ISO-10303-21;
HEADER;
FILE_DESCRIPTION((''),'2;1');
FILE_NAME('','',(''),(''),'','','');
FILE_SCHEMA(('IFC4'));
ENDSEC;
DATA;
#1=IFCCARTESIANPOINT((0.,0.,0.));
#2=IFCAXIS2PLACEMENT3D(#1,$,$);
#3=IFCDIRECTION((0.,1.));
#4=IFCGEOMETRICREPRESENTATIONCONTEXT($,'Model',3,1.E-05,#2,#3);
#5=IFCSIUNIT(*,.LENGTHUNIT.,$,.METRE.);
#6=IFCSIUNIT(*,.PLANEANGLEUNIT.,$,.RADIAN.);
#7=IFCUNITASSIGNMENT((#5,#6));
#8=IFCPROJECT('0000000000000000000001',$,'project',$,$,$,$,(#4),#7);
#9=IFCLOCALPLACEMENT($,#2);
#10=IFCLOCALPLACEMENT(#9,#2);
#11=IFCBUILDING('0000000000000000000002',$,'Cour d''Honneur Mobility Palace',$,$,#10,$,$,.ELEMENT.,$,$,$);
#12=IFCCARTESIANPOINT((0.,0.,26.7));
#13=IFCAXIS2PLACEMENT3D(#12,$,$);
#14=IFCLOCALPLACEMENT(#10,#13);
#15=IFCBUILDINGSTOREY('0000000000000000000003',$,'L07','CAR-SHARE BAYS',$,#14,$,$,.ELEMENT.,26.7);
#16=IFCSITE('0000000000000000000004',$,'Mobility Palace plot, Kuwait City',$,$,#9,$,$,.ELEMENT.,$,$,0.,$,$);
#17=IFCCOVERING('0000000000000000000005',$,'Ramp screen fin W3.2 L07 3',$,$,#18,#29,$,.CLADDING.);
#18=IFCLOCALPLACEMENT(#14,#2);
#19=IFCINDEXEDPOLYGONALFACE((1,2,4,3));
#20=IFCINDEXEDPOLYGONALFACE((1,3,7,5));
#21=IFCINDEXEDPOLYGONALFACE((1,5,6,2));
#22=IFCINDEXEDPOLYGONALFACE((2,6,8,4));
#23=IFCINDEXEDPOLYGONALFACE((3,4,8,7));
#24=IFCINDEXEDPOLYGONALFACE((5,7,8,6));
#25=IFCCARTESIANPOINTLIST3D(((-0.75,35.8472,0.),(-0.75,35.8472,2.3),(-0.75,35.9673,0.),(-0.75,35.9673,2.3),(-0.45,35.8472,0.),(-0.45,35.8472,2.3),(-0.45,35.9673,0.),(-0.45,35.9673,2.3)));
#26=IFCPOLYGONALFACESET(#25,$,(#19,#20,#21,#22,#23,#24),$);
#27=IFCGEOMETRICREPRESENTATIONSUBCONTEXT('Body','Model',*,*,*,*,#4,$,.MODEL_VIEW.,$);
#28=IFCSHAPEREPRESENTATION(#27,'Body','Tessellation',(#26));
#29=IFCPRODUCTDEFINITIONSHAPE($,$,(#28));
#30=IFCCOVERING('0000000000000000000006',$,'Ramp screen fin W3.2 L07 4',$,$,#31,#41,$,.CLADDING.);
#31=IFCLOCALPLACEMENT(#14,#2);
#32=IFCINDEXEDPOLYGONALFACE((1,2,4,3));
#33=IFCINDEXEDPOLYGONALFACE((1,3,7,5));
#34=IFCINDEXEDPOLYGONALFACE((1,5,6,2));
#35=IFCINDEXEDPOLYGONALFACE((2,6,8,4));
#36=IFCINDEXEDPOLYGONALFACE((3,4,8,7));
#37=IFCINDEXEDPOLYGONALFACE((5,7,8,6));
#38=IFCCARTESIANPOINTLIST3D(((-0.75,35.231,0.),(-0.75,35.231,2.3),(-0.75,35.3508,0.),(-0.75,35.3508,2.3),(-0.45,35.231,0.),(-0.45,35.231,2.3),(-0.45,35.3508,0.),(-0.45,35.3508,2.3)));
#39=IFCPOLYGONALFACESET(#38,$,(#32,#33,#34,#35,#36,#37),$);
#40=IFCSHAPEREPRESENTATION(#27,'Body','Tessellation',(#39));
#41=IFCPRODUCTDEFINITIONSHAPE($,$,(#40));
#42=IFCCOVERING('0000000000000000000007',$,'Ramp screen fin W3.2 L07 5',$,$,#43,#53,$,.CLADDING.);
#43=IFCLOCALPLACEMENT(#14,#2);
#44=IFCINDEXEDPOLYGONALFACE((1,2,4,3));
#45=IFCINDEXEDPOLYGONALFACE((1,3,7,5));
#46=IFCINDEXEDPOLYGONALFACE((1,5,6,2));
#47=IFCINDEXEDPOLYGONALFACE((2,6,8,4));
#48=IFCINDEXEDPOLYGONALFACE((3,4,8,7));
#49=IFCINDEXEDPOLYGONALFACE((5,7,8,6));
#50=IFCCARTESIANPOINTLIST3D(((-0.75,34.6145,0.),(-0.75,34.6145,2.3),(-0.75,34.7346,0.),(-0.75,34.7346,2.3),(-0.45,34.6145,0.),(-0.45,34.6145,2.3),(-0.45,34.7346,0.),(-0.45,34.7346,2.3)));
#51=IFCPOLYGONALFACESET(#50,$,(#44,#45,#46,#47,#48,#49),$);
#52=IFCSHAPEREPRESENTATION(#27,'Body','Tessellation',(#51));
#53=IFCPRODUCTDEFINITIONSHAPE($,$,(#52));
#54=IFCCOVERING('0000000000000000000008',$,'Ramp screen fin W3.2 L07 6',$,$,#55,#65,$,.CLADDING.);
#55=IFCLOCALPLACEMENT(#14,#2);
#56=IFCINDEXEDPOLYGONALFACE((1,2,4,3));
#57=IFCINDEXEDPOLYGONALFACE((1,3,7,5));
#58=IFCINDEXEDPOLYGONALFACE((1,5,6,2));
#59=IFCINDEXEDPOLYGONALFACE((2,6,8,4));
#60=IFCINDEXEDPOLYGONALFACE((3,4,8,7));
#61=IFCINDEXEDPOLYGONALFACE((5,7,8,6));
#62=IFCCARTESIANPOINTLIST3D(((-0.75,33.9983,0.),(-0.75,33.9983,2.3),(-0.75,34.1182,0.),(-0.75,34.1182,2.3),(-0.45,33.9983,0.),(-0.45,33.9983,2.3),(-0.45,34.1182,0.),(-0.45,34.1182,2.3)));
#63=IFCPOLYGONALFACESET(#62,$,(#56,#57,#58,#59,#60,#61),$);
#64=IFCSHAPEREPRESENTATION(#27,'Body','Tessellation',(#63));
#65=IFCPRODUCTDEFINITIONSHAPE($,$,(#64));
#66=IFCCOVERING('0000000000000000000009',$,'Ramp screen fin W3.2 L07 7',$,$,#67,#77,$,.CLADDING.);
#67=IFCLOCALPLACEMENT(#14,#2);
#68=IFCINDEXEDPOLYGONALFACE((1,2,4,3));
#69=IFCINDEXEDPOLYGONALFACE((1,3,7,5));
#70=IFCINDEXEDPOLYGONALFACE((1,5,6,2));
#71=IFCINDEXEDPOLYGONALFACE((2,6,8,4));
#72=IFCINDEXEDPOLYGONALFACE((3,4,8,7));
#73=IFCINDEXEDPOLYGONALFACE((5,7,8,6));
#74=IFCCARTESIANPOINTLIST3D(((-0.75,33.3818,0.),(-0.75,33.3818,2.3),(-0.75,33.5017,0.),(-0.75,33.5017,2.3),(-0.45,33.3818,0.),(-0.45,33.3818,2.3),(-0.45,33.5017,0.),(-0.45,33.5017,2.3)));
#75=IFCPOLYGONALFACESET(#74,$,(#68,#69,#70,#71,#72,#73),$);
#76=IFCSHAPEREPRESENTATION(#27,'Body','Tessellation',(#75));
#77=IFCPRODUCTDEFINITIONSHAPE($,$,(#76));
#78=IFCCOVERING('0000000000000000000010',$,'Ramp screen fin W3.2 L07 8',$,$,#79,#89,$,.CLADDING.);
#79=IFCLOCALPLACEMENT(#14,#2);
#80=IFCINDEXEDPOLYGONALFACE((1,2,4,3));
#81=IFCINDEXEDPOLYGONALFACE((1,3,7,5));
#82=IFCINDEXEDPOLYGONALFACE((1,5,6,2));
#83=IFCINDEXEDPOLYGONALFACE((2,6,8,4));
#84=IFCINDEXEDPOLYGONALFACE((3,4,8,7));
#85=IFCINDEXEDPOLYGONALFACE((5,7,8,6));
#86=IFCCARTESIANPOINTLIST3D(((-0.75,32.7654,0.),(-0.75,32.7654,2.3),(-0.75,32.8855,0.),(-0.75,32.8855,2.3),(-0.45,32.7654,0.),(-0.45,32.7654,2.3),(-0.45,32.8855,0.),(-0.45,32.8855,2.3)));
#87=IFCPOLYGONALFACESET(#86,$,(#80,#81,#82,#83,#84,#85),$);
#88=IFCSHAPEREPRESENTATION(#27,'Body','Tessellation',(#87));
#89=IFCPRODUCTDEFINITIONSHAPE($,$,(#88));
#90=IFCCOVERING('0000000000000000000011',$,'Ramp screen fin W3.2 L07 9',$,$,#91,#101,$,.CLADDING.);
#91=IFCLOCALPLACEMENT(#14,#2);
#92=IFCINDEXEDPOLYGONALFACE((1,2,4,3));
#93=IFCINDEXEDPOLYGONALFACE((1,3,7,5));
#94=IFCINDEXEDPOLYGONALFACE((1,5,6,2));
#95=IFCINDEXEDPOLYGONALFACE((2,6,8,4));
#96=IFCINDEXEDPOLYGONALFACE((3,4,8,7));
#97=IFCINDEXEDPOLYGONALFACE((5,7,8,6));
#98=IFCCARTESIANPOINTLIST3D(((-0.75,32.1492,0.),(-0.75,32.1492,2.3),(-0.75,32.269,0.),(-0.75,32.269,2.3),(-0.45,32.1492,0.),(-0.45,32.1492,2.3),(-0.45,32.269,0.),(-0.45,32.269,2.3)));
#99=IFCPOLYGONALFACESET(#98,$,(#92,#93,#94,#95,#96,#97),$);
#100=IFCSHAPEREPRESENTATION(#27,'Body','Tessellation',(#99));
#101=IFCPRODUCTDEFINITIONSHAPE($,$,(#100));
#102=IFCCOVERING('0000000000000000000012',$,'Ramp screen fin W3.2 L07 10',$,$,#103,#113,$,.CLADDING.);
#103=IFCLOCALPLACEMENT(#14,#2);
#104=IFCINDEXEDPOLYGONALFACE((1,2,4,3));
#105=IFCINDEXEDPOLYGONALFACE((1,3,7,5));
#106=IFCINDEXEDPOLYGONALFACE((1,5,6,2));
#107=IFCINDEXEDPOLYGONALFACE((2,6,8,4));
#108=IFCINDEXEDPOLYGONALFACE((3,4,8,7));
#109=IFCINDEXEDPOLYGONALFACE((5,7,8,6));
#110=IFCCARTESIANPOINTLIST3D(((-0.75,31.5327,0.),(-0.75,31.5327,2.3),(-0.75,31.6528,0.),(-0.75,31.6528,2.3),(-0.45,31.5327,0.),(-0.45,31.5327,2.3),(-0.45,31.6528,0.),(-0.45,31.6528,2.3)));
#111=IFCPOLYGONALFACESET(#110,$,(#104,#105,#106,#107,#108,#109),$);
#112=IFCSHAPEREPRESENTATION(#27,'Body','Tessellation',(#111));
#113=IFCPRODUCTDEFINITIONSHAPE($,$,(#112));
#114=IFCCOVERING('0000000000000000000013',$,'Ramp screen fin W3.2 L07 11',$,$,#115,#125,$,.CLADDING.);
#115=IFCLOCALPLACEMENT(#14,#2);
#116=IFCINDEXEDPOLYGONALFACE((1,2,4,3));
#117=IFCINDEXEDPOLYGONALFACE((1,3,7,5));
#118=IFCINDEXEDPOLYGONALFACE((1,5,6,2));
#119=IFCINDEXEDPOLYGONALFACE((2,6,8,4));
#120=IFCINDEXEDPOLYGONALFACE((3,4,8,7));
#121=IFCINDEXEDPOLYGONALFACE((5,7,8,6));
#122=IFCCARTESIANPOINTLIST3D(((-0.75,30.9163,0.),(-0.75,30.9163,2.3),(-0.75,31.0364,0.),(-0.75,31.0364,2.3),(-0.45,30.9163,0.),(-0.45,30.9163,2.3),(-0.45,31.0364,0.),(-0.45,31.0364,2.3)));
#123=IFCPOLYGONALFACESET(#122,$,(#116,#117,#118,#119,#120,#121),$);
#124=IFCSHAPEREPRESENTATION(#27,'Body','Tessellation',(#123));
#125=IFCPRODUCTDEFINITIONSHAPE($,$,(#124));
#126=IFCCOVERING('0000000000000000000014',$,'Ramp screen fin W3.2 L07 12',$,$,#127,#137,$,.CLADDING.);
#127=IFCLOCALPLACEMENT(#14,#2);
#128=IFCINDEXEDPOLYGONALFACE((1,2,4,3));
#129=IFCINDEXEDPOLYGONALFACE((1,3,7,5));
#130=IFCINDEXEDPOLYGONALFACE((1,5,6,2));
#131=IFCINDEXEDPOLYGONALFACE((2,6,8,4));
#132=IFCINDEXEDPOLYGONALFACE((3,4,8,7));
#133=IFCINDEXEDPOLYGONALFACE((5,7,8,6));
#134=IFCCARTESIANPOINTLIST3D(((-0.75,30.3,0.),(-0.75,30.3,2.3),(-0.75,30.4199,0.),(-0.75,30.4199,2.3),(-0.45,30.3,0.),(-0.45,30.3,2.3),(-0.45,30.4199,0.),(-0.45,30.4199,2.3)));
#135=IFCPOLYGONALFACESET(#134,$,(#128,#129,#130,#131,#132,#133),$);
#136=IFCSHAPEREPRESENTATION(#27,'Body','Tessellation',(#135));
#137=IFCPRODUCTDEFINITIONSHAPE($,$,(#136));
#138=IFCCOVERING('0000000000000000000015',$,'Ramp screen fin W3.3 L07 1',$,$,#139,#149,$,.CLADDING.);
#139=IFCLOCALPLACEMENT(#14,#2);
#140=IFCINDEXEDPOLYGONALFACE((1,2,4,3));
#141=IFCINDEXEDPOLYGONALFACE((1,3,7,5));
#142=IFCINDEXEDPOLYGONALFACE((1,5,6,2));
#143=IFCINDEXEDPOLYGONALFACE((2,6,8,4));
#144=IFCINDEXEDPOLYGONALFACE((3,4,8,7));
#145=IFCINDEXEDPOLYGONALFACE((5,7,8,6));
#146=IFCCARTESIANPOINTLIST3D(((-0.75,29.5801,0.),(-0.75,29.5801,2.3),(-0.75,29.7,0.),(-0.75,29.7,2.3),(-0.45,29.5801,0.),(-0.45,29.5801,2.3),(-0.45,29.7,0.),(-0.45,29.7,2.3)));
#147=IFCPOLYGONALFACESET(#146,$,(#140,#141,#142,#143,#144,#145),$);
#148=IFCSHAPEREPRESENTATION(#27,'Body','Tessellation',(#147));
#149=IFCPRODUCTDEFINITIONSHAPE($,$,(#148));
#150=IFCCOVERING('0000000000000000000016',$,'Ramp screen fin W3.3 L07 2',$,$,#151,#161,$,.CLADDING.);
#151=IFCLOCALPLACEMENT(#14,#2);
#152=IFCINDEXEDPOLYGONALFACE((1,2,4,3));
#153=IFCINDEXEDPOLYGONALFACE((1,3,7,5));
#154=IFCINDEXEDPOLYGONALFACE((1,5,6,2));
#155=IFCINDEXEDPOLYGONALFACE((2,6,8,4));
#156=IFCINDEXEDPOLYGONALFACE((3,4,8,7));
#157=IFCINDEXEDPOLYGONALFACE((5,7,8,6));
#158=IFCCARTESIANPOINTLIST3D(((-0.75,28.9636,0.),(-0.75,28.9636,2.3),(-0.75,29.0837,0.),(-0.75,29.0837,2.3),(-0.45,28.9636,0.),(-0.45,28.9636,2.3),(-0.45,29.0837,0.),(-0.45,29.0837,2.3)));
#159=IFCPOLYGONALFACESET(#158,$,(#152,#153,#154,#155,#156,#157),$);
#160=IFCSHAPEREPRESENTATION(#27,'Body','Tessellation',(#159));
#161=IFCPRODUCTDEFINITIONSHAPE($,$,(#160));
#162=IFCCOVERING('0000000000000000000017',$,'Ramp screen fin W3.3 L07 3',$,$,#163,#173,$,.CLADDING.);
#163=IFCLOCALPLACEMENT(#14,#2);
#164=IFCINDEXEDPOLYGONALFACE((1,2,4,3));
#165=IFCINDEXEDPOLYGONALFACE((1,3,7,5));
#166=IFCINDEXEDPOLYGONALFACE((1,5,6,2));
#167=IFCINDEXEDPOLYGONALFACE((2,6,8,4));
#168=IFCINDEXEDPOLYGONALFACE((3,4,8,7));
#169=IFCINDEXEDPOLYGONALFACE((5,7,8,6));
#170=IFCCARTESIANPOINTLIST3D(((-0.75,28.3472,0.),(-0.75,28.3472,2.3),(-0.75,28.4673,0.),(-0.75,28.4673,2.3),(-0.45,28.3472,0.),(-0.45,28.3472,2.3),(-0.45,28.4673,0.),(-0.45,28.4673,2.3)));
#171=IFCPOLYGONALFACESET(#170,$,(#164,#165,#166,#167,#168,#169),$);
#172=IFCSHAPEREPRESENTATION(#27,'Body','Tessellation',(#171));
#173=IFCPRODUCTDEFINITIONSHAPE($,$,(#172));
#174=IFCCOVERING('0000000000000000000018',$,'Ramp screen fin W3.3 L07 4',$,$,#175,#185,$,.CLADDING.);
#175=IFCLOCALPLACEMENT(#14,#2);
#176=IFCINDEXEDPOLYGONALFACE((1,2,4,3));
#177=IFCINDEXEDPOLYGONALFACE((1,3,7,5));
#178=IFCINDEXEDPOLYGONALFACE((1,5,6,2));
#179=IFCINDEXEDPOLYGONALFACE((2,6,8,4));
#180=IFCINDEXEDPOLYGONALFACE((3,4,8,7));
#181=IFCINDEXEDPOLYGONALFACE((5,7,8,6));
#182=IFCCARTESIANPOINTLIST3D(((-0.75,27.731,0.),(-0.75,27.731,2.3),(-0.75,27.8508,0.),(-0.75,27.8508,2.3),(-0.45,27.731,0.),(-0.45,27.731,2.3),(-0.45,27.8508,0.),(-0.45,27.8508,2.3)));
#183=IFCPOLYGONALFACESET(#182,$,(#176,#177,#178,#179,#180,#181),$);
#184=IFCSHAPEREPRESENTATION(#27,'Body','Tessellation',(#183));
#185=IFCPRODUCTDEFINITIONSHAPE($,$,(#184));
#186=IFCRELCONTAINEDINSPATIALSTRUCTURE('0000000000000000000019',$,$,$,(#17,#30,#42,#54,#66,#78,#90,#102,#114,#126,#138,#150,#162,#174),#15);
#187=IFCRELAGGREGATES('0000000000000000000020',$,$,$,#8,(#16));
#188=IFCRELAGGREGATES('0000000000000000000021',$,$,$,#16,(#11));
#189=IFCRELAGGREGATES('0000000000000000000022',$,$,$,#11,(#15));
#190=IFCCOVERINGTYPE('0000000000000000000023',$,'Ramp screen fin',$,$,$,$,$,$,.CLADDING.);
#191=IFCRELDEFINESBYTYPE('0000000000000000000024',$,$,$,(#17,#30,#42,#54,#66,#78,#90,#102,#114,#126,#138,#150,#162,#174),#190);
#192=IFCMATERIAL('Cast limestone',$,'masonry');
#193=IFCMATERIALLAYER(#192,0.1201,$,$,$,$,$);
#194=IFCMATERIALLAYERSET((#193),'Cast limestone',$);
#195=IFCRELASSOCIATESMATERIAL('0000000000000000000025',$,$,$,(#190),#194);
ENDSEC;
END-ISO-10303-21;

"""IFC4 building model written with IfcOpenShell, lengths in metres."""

from ifc_helpers import new_model, si_unit, direction, frame, origin, place, context, subcontext, project, spatial, polyline, outline, extrude, material, layer, layer_set, type_object, element, save


model = new_model("IFC4")

# Units and contexts
model_context = context("Model", 3, precision=1e-05, world=origin(), true_north=direction((0.0, 1.0)))
body_context = subcontext(model_context, "Body", "Model", "MODEL_VIEW")
ifc_project = project(units=[si_unit("LENGTHUNIT", "METRE"), si_unit("PLANEANGLEUNIT", "RADIAN")], contexts=[model_context])

# Site, building, storey
site_placement = place(None, origin())
site = spatial("IfcSite", under=ifc_project, at=site_placement, Name="Mobility Palace plot, Kuwait City", CompositionType="ELEMENT", RefElevation=0.0)
building_placement = place(site_placement, origin())
building = spatial("IfcBuilding", under=site, at=building_placement, Name="Cour d'Honneur Mobility Palace", CompositionType="ELEMENT")
storey_placement = place(building_placement, frame((0.0, 0.0, 26.7)))
storey = spatial("IfcBuildingStorey", under=building, at=storey_placement, Name="L07", Description="CAR-SHARE BAYS", CompositionType="ELEMENT", Elevation=26.7)

# Coverings
ifc_material = material(Name="Cast limestone", Category="masonry")
ifc_layer = layer(ifc_material, 0.1201)
ifc_layer_set = layer_set([ifc_layer], Name="Cast limestone")
covering_type = type_object("IfcCoveringType", Name="Ramp screen fin", PredefinedType="CLADDING", material=ifc_layer_set)
covering_1_placement = place(storey_placement, origin())
element("IfcCovering", 1, at=covering_1_placement, inside=storey, type_object=covering_type, Name="Ramp screen fin W3.2 L07 3", PredefinedType="CLADDING", context=body_context, shape_type="SweptSolid", body=[
    extrude(outline(polyline([(-0.45, 35.9673), (-0.45, 35.8472), (-0.75, 35.8472), (-0.75, 35.9673), (-0.45, 35.9673)])), origin(), (0.0, 0.0, 1.0), 2.3),
])
covering_2_placement = place(storey_placement, origin())
element("IfcCovering", 2, at=covering_2_placement, inside=storey, type_object=covering_type, Name="Ramp screen fin W3.2 L07 4", PredefinedType="CLADDING", context=body_context, shape_type="SweptSolid", body=[
    extrude(outline(polyline([(-0.45, 35.3508), (-0.45, 35.231), (-0.75, 35.231), (-0.75, 35.3508), (-0.45, 35.3508)])), origin(), (0.0, 0.0, 1.0), 2.3),
])
covering_3_placement = place(storey_placement, origin())
element("IfcCovering", 3, at=covering_3_placement, inside=storey, type_object=covering_type, Name="Ramp screen fin W3.2 L07 5", PredefinedType="CLADDING", context=body_context, shape_type="SweptSolid", body=[
    extrude(outline(polyline([(-0.45, 34.7346), (-0.45, 34.6145), (-0.75, 34.6145), (-0.75, 34.7346), (-0.45, 34.7346)])), origin(), (0.0, 0.0, 1.0), 2.3),
])
covering_4_placement = place(storey_placement, origin())
element("IfcCovering", 4, at=covering_4_placement, inside=storey, type_object=covering_type, Name="Ramp screen fin W3.2 L07 6", PredefinedType="CLADDING", context=body_context, shape_type="SweptSolid", body=[
    extrude(outline(polyline([(-0.45, 34.1182), (-0.45, 33.9983), (-0.75, 33.9983), (-0.75, 34.1182), (-0.45, 34.1182)])), origin(), (0.0, 0.0, 1.0), 2.3),
])
covering_5_placement = place(storey_placement, origin())
element("IfcCovering", 5, at=covering_5_placement, inside=storey, type_object=covering_type, Name="Ramp screen fin W3.2 L07 7", PredefinedType="CLADDING", context=body_context, shape_type="SweptSolid", body=[
    extrude(outline(polyline([(-0.45, 33.5017), (-0.45, 33.3818), (-0.75, 33.3818), (-0.75, 33.5017), (-0.45, 33.5017)])), origin(), (0.0, 0.0, 1.0), 2.3),
])
covering_6_placement = place(storey_placement, origin())
element("IfcCovering", 6, at=covering_6_placement, inside=storey, type_object=covering_type, Name="Ramp screen fin W3.2 L07 8", PredefinedType="CLADDING", context=body_context, shape_type="SweptSolid", body=[
    extrude(outline(polyline([(-0.45, 32.8855), (-0.45, 32.7654), (-0.75, 32.7654), (-0.75, 32.8855), (-0.45, 32.8855)])), origin(), (0.0, 0.0, 1.0), 2.3),
])
covering_7_placement = place(storey_placement, origin())
element("IfcCovering", 7, at=covering_7_placement, inside=storey, type_object=covering_type, Name="Ramp screen fin W3.2 L07 9", PredefinedType="CLADDING", context=body_context, shape_type="SweptSolid", body=[
    extrude(outline(polyline([(-0.45, 32.269), (-0.45, 32.1492), (-0.75, 32.1492), (-0.75, 32.269), (-0.45, 32.269)])), origin(), (0.0, 0.0, 1.0), 2.3),
])
covering_8_placement = place(storey_placement, origin())
element("IfcCovering", 8, at=covering_8_placement, inside=storey, type_object=covering_type, Name="Ramp screen fin W3.2 L07 10", PredefinedType="CLADDING", context=body_context, shape_type="SweptSolid", body=[
    extrude(outline(polyline([(-0.45, 31.6528), (-0.45, 31.5327), (-0.75, 31.5327), (-0.75, 31.6528), (-0.45, 31.6528)])), origin(), (0.0, 0.0, 1.0), 2.3),
])
covering_9_placement = place(storey_placement, origin())
element("IfcCovering", 9, at=covering_9_placement, inside=storey, type_object=covering_type, Name="Ramp screen fin W3.2 L07 11", PredefinedType="CLADDING", context=body_context, shape_type="SweptSolid", body=[
    extrude(outline(polyline([(-0.45, 31.0364), (-0.45, 30.9163), (-0.75, 30.9163), (-0.75, 31.0364), (-0.45, 31.0364)])), origin(), (0.0, 0.0, 1.0), 2.3),
])
covering_10_placement = place(storey_placement, origin())
element("IfcCovering", 10, at=covering_10_placement, inside=storey, type_object=covering_type, Name="Ramp screen fin W3.2 L07 12", PredefinedType="CLADDING", context=body_context, shape_type="SweptSolid", body=[
    extrude(outline(polyline([(-0.45, 30.4199), (-0.45, 30.3), (-0.75, 30.3), (-0.75, 30.4199), (-0.45, 30.4199)])), origin(), (0.0, 0.0, 1.0), 2.3),
])
covering_11_placement = place(storey_placement, origin())
element("IfcCovering", 11, at=covering_11_placement, inside=storey, type_object=covering_type, Name="Ramp screen fin W3.3 L07 1", PredefinedType="CLADDING", context=body_context, shape_type="SweptSolid", body=[
    extrude(outline(polyline([(-0.45, 29.7), (-0.45, 29.5801), (-0.75, 29.5801), (-0.75, 29.7), (-0.45, 29.7)])), origin(), (0.0, 0.0, 1.0), 2.3),
])
covering_12_placement = place(storey_placement, origin())
element("IfcCovering", 12, at=covering_12_placement, inside=storey, type_object=covering_type, Name="Ramp screen fin W3.3 L07 2", PredefinedType="CLADDING", context=body_context, shape_type="SweptSolid", body=[
    extrude(outline(polyline([(-0.45, 29.0837), (-0.45, 28.9636), (-0.75, 28.9636), (-0.75, 29.0837), (-0.45, 29.0837)])), origin(), (0.0, 0.0, 1.0), 2.3),
])
covering_13_placement = place(storey_placement, origin())
element("IfcCovering", 13, at=covering_13_placement, inside=storey, type_object=covering_type, Name="Ramp screen fin W3.3 L07 3", PredefinedType="CLADDING", context=body_context, shape_type="SweptSolid", body=[
    extrude(outline(polyline([(-0.45, 28.4673), (-0.45, 28.3472), (-0.75, 28.3472), (-0.75, 28.4673), (-0.45, 28.4673)])), origin(), (0.0, 0.0, 1.0), 2.3),
])
covering_14_placement = place(storey_placement, origin())
element("IfcCovering", 14, at=covering_14_placement, inside=storey, type_object=covering_type, Name="Ramp screen fin W3.3 L07 4", PredefinedType="CLADDING", context=body_context, shape_type="SweptSolid", body=[
    extrude(outline(polyline([(-0.45, 27.8508), (-0.45, 27.731), (-0.75, 27.731), (-0.75, 27.8508), (-0.45, 27.8508)])), origin(), (0.0, 0.0, 1.0), 2.3),
])

save(model, "model.ifc")
